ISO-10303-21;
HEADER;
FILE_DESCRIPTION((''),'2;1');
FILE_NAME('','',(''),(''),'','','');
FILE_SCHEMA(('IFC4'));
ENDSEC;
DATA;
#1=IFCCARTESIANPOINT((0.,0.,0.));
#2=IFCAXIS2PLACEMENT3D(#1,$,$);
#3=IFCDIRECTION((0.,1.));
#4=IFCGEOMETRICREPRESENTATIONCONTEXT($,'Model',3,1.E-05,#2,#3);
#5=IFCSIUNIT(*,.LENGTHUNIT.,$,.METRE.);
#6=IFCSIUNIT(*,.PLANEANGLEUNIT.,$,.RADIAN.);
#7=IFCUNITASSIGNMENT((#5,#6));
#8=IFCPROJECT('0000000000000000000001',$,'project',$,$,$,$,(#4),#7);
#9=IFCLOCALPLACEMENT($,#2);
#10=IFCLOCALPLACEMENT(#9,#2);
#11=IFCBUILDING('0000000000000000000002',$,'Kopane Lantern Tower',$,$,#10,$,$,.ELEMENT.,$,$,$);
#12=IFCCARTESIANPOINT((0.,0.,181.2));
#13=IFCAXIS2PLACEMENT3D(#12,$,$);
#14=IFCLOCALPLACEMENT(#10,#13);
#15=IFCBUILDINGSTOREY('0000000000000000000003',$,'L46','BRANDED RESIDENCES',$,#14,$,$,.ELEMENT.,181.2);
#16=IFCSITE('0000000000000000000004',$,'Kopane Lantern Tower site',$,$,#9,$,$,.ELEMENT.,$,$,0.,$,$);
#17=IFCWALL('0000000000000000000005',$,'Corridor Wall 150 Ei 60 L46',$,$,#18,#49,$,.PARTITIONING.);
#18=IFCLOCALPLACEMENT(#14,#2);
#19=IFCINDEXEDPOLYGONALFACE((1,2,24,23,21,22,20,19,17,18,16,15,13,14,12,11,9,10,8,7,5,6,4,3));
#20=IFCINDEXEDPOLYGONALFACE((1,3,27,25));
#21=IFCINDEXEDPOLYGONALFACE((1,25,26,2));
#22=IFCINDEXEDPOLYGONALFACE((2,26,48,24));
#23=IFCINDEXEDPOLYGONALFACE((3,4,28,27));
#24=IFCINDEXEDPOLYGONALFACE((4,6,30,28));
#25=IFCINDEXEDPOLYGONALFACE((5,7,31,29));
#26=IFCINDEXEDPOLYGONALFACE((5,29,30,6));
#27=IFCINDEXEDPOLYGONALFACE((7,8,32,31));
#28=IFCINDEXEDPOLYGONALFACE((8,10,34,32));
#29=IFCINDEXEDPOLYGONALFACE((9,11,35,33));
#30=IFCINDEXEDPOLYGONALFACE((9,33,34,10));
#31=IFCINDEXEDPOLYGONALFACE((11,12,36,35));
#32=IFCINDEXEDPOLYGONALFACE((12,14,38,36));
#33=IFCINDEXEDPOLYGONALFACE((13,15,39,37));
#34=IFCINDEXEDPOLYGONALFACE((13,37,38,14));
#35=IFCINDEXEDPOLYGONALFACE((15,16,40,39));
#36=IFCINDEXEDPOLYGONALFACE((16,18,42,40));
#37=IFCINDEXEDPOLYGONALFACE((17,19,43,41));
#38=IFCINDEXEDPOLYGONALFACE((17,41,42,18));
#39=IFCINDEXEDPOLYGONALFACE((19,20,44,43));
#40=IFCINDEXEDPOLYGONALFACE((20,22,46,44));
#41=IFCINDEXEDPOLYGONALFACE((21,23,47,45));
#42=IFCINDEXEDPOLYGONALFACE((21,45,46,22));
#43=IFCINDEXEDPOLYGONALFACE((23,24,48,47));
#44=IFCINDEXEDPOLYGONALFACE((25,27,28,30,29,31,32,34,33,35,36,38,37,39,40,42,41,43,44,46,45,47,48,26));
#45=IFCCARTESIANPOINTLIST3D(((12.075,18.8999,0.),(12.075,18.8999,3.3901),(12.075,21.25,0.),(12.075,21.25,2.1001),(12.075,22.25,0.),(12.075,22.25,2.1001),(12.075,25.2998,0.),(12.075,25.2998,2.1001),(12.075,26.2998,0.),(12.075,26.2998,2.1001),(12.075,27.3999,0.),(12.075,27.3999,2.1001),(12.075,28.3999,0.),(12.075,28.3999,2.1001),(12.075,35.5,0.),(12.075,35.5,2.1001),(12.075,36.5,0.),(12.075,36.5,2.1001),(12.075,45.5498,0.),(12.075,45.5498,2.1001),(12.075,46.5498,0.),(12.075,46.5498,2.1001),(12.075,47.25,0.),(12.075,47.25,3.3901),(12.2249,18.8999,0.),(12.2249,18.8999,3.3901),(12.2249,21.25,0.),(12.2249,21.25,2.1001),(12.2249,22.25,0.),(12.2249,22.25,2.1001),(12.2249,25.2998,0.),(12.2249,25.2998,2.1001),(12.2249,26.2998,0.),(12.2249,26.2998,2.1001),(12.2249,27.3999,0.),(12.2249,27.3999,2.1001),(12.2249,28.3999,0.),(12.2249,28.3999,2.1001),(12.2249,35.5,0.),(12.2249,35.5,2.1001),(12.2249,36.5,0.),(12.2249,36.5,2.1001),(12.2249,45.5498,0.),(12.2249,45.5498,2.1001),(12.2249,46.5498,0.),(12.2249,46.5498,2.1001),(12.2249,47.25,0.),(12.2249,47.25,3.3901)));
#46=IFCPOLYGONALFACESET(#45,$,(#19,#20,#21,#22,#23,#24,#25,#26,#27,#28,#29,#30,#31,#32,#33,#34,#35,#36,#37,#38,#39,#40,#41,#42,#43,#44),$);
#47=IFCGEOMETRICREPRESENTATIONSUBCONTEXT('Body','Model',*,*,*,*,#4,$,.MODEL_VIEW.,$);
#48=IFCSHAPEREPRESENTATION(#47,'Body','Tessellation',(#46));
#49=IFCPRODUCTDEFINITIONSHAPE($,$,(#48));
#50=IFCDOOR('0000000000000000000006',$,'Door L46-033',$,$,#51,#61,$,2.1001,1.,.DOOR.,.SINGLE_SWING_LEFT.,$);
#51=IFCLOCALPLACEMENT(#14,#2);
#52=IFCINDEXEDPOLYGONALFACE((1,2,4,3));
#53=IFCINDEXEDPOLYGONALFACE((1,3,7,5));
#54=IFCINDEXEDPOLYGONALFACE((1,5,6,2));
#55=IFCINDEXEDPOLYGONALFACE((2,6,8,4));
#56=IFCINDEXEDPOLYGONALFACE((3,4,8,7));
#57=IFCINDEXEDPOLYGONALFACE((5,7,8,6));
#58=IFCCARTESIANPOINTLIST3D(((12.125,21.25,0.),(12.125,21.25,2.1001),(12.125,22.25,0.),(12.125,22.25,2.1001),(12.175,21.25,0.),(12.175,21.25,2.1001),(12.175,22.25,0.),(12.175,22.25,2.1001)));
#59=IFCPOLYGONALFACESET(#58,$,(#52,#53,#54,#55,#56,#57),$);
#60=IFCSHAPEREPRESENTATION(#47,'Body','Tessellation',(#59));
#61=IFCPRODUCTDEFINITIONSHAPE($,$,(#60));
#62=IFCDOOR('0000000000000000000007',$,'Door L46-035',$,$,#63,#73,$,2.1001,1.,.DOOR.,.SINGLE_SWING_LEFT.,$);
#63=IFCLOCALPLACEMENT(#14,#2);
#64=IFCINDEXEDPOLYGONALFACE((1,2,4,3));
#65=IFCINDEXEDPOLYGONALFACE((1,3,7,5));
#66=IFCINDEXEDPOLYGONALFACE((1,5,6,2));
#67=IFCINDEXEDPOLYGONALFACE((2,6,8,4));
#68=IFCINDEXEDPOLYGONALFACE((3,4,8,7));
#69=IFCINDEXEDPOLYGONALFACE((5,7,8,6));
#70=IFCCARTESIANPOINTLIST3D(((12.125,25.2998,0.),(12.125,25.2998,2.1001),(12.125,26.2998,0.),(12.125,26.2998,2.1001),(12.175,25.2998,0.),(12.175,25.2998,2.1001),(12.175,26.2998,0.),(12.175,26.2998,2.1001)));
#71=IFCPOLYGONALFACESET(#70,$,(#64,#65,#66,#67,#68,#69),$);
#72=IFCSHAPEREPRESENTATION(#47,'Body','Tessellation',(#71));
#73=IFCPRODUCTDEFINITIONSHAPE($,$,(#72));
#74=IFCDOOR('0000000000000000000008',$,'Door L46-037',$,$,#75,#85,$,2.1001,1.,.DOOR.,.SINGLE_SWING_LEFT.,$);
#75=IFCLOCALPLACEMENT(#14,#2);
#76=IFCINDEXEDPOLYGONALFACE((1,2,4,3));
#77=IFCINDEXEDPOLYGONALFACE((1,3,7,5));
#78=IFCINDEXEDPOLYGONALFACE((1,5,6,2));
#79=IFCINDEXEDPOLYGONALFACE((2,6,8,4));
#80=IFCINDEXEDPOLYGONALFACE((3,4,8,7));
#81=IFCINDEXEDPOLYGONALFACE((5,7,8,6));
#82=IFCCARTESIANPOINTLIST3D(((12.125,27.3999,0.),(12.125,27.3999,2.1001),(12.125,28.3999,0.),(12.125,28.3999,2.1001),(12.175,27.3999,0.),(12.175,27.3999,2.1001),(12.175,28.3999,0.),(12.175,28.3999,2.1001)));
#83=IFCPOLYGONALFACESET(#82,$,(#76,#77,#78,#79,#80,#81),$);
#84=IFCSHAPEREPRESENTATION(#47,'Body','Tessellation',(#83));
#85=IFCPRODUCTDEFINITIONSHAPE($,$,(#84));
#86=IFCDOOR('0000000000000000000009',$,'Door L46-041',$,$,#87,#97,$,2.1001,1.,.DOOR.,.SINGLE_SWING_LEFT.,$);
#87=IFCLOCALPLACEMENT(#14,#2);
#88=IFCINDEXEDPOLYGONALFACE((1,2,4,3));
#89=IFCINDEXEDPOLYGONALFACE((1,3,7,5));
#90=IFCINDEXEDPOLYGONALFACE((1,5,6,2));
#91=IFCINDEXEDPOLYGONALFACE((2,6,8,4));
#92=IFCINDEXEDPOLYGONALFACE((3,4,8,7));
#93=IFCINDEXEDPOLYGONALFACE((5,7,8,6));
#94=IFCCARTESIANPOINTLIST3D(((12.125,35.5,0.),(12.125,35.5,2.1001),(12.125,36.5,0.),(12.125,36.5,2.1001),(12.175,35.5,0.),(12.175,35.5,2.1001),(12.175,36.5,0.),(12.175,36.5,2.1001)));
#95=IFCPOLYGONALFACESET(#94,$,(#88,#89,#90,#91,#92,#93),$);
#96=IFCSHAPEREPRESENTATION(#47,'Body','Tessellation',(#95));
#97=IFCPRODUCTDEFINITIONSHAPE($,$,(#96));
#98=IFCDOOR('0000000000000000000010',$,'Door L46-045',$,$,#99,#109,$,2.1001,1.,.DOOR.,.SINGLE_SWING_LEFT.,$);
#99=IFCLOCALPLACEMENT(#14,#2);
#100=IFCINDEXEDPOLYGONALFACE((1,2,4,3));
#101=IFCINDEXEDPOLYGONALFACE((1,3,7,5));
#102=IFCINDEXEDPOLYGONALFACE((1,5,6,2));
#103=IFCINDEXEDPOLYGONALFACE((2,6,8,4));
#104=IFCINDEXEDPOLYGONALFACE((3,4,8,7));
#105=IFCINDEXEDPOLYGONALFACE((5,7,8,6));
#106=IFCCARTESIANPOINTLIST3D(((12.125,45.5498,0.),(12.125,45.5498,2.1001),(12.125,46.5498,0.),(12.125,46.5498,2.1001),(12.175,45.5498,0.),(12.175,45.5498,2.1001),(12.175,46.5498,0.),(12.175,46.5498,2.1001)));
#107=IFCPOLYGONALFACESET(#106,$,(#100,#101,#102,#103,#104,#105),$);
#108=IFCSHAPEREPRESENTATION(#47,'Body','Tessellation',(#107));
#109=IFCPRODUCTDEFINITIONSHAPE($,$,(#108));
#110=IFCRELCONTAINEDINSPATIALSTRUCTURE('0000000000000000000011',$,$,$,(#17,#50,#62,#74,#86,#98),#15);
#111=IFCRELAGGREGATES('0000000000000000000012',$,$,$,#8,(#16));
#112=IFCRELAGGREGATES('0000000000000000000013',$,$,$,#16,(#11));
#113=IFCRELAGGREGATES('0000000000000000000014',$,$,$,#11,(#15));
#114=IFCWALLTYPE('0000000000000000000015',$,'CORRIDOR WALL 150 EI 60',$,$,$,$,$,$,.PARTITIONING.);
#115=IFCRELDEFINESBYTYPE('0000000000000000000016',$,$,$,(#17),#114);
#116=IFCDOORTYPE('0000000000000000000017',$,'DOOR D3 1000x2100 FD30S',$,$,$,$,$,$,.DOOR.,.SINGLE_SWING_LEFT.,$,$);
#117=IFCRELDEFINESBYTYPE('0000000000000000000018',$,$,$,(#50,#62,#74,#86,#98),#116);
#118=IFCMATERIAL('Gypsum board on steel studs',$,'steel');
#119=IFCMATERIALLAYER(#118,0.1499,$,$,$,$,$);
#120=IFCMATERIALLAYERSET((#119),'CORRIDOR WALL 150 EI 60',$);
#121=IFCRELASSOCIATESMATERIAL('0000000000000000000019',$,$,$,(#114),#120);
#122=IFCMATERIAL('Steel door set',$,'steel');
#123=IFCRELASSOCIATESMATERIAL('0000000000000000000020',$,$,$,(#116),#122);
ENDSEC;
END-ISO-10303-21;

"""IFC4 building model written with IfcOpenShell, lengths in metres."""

from ifc_helpers import new_model, si_unit, direction, frame, frame_2d, origin, place, context, subcontext, project, spatial, rectangle, extrude, material, layer, layer_set, type_object, element, fill, save


model = new_model("IFC4")

# Units and contexts
model_context = context("Model", 3, precision=1e-05, world=origin(), true_north=direction((0.0, 1.0)))
body_context = subcontext(model_context, "Body", "Model", "MODEL_VIEW")
ifc_project = project(units=[si_unit("LENGTHUNIT", "METRE"), si_unit("PLANEANGLEUNIT", "RADIAN")], contexts=[model_context])

# Site, building, storey
site_placement = place(None, origin())
site = spatial("IfcSite", under=ifc_project, at=site_placement, Name="Kopane Lantern Tower site", CompositionType="ELEMENT", RefElevation=0.0)
building_placement = place(site_placement, origin())
building = spatial("IfcBuilding", under=site, at=building_placement, Name="Kopane Lantern Tower", CompositionType="ELEMENT")
storey_placement = place(building_placement, frame((0.0, 0.0, 181.2)))
storey = spatial("IfcBuildingStorey", under=building, at=storey_placement, Name="L46", Description="BRANDED RESIDENCES", CompositionType="ELEMENT", Elevation=181.2)

# Wall, openings, doors
ifc_material_1 = material(Name="Gypsum board on steel studs", Category="steel")
ifc_layer_1 = layer(ifc_material_1, 0.1499)
ifc_layer_set_1 = layer_set([ifc_layer_1], Name="CORRIDOR WALL 150 EI 60")
wall_type_1 = type_object("IfcWallType", Name="CORRIDOR WALL 150 EI 60", PredefinedType="PARTITIONING", material=ifc_layer_set_1)
ifc_material_2 = material(Name="Steel door set", Category="steel")
door_type_1 = type_object("IfcDoorType", Name="DOOR D3 1000x2100 FD30S", OperationType="SINGLE_SWING_LEFT", PredefinedType="DOOR", material=ifc_material_2)
wall_1_placement = place(storey_placement, frame((12.1499, 18.8999, 0.0), z_axis=(0.0, 0.0, 1.0), x_axis=(0.0, 1.0, 0.0)))
wall_1 = element("IfcWall", 1, at=wall_1_placement, inside=storey, type_object=wall_type_1, Name="Corridor Wall 150 Ei 60 L46", PredefinedType="PARTITIONING", context=body_context, shape_type="SweptSolid", body=[
    extrude(rectangle(XDim=28.3501, YDim=0.1499, at=frame_2d((14.175, 0.0))), origin(), (0.0, 0.0, 1.0), 3.3901),
])
opening_1_placement = place(wall_1_placement, frame((2.3501, 0.0, 0.0)))
opening_1 = element("IfcOpeningElement", 2, at=opening_1_placement, cuts=wall_1, PredefinedType="OPENING", context=body_context, shape_type="SweptSolid", body=[
    extrude(rectangle(XDim=1.0, YDim=2.1001, at=frame_2d((0.5, 1.05))), frame((0.0, 0.085, 0.0), z_axis=(0.0, -1.0, 0.0), x_axis=(1.0, 0.0, 0.0)), (0.0, 0.0, 1.0), 0.1699),
])
opening_2_placement = place(wall_1_placement, frame((6.3999, 0.0, 0.0)))
opening_2 = element("IfcOpeningElement", 3, at=opening_2_placement, cuts=wall_1, PredefinedType="OPENING", context=body_context, shape_type="SweptSolid", body=[
    extrude(rectangle(XDim=1.0, YDim=2.1001, at=frame_2d((0.5, 1.05))), frame((0.0, 0.085, 0.0), z_axis=(0.0, -1.0, 0.0), x_axis=(1.0, 0.0, 0.0)), (0.0, 0.0, 1.0), 0.1699),
])
opening_3_placement = place(wall_1_placement, frame((8.5, 0.0, 0.0)))
opening_3 = element("IfcOpeningElement", 4, at=opening_3_placement, cuts=wall_1, PredefinedType="OPENING", context=body_context, shape_type="SweptSolid", body=[
    extrude(rectangle(XDim=1.0, YDim=2.1001, at=frame_2d((0.5, 1.05))), frame((0.0, 0.085, 0.0), z_axis=(0.0, -1.0, 0.0), x_axis=(1.0, 0.0, 0.0)), (0.0, 0.0, 1.0), 0.1699),
])
opening_4_placement = place(wall_1_placement, frame((16.6001, 0.0, 0.0)))
opening_4 = element("IfcOpeningElement", 5, at=opening_4_placement, cuts=wall_1, PredefinedType="OPENING", context=body_context, shape_type="SweptSolid", body=[
    extrude(rectangle(XDim=1.0, YDim=2.1001, at=frame_2d((0.5, 1.05))), frame((0.0, 0.085, 0.0), z_axis=(0.0, -1.0, 0.0), x_axis=(1.0, 0.0, 0.0)), (0.0, 0.0, 1.0), 0.1699),
])
opening_5_placement = place(wall_1_placement, frame((26.6499, 0.0, 0.0)))
opening_5 = element("IfcOpeningElement", 6, at=opening_5_placement, cuts=wall_1, PredefinedType="OPENING", context=body_context, shape_type="SweptSolid", body=[
    extrude(rectangle(XDim=1.0, YDim=2.1001, at=frame_2d((0.5, 1.05))), frame((0.0, 0.085, 0.0), z_axis=(0.0, -1.0, 0.0), x_axis=(1.0, 0.0, 0.0)), (0.0, 0.0, 1.0), 0.1699),
])
door_1_placement = place(opening_1_placement, origin())
door_1 = element("IfcDoor", 7, at=door_1_placement, inside=storey, type_object=door_type_1, Name="Door L46-033", OperationType="SINGLE_SWING_LEFT", OverallHeight=2.1001, OverallWidth=1.0, PredefinedType="DOOR", context=body_context, shape_type="SweptSolid", body=[
    extrude(rectangle(XDim=1.0, YDim=2.1001, at=frame_2d((0.5, 1.05))), frame((0.0, 0.0249, 0.0), z_axis=(0.0, -1.0, 0.0), x_axis=(1.0, 0.0, 0.0)), (0.0, 0.0, 1.0), 0.05),
])
fill(opening_1, door_1)
door_2_placement = place(opening_2_placement, origin())
door_2 = element("IfcDoor", 8, at=door_2_placement, inside=storey, type_object=door_type_1, Name="Door L46-035", OperationType="SINGLE_SWING_LEFT", OverallHeight=2.1001, OverallWidth=1.0, PredefinedType="DOOR", context=body_context, shape_type="SweptSolid", body=[
    extrude(rectangle(XDim=1.0, YDim=2.1001, at=frame_2d((0.5, 1.05))), frame((0.0, 0.0249, 0.0), z_axis=(0.0, -1.0, 0.0), x_axis=(1.0, 0.0, 0.0)), (0.0, 0.0, 1.0), 0.05),
])
fill(opening_2, door_2)
door_3_placement = place(opening_3_placement, origin())
door_3 = element("IfcDoor", 9, at=door_3_placement, inside=storey, type_object=door_type_1, Name="Door L46-037", OperationType="SINGLE_SWING_LEFT", OverallHeight=2.1001, OverallWidth=1.0, PredefinedType="DOOR", context=body_context, shape_type="SweptSolid", body=[
    extrude(rectangle(XDim=1.0, YDim=2.1001, at=frame_2d((0.5, 1.05))), frame((0.0, 0.0249, 0.0), z_axis=(0.0, -1.0, 0.0), x_axis=(1.0, 0.0, 0.0)), (0.0, 0.0, 1.0), 0.05),
])
fill(opening_3, door_3)
door_4_placement = place(opening_4_placement, origin())
door_4 = element("IfcDoor", 10, at=door_4_placement, inside=storey, type_object=door_type_1, Name="Door L46-041", OperationType="SINGLE_SWING_LEFT", OverallHeight=2.1001, OverallWidth=1.0, PredefinedType="DOOR", context=body_context, shape_type="SweptSolid", body=[
    extrude(rectangle(XDim=1.0, YDim=2.1001, at=frame_2d((0.5, 1.05))), frame((0.0, 0.0249, 0.0), z_axis=(0.0, -1.0, 0.0), x_axis=(1.0, 0.0, 0.0)), (0.0, 0.0, 1.0), 0.05),
])
fill(opening_4, door_4)
door_5_placement = place(opening_5_placement, origin())
door_5 = element("IfcDoor", 11, at=door_5_placement, inside=storey, type_object=door_type_1, Name="Door L46-045", OperationType="SINGLE_SWING_LEFT", OverallHeight=2.1001, OverallWidth=1.0, PredefinedType="DOOR", context=body_context, shape_type="SweptSolid", body=[
    extrude(rectangle(XDim=1.0, YDim=2.1001, at=frame_2d((0.5, 1.05))), frame((0.0, 0.0249, 0.0), z_axis=(0.0, -1.0, 0.0), x_axis=(1.0, 0.0, 0.0)), (0.0, 0.0, 1.0), 0.05),
])
fill(opening_5, door_5)

save(model, "model.ifc")
